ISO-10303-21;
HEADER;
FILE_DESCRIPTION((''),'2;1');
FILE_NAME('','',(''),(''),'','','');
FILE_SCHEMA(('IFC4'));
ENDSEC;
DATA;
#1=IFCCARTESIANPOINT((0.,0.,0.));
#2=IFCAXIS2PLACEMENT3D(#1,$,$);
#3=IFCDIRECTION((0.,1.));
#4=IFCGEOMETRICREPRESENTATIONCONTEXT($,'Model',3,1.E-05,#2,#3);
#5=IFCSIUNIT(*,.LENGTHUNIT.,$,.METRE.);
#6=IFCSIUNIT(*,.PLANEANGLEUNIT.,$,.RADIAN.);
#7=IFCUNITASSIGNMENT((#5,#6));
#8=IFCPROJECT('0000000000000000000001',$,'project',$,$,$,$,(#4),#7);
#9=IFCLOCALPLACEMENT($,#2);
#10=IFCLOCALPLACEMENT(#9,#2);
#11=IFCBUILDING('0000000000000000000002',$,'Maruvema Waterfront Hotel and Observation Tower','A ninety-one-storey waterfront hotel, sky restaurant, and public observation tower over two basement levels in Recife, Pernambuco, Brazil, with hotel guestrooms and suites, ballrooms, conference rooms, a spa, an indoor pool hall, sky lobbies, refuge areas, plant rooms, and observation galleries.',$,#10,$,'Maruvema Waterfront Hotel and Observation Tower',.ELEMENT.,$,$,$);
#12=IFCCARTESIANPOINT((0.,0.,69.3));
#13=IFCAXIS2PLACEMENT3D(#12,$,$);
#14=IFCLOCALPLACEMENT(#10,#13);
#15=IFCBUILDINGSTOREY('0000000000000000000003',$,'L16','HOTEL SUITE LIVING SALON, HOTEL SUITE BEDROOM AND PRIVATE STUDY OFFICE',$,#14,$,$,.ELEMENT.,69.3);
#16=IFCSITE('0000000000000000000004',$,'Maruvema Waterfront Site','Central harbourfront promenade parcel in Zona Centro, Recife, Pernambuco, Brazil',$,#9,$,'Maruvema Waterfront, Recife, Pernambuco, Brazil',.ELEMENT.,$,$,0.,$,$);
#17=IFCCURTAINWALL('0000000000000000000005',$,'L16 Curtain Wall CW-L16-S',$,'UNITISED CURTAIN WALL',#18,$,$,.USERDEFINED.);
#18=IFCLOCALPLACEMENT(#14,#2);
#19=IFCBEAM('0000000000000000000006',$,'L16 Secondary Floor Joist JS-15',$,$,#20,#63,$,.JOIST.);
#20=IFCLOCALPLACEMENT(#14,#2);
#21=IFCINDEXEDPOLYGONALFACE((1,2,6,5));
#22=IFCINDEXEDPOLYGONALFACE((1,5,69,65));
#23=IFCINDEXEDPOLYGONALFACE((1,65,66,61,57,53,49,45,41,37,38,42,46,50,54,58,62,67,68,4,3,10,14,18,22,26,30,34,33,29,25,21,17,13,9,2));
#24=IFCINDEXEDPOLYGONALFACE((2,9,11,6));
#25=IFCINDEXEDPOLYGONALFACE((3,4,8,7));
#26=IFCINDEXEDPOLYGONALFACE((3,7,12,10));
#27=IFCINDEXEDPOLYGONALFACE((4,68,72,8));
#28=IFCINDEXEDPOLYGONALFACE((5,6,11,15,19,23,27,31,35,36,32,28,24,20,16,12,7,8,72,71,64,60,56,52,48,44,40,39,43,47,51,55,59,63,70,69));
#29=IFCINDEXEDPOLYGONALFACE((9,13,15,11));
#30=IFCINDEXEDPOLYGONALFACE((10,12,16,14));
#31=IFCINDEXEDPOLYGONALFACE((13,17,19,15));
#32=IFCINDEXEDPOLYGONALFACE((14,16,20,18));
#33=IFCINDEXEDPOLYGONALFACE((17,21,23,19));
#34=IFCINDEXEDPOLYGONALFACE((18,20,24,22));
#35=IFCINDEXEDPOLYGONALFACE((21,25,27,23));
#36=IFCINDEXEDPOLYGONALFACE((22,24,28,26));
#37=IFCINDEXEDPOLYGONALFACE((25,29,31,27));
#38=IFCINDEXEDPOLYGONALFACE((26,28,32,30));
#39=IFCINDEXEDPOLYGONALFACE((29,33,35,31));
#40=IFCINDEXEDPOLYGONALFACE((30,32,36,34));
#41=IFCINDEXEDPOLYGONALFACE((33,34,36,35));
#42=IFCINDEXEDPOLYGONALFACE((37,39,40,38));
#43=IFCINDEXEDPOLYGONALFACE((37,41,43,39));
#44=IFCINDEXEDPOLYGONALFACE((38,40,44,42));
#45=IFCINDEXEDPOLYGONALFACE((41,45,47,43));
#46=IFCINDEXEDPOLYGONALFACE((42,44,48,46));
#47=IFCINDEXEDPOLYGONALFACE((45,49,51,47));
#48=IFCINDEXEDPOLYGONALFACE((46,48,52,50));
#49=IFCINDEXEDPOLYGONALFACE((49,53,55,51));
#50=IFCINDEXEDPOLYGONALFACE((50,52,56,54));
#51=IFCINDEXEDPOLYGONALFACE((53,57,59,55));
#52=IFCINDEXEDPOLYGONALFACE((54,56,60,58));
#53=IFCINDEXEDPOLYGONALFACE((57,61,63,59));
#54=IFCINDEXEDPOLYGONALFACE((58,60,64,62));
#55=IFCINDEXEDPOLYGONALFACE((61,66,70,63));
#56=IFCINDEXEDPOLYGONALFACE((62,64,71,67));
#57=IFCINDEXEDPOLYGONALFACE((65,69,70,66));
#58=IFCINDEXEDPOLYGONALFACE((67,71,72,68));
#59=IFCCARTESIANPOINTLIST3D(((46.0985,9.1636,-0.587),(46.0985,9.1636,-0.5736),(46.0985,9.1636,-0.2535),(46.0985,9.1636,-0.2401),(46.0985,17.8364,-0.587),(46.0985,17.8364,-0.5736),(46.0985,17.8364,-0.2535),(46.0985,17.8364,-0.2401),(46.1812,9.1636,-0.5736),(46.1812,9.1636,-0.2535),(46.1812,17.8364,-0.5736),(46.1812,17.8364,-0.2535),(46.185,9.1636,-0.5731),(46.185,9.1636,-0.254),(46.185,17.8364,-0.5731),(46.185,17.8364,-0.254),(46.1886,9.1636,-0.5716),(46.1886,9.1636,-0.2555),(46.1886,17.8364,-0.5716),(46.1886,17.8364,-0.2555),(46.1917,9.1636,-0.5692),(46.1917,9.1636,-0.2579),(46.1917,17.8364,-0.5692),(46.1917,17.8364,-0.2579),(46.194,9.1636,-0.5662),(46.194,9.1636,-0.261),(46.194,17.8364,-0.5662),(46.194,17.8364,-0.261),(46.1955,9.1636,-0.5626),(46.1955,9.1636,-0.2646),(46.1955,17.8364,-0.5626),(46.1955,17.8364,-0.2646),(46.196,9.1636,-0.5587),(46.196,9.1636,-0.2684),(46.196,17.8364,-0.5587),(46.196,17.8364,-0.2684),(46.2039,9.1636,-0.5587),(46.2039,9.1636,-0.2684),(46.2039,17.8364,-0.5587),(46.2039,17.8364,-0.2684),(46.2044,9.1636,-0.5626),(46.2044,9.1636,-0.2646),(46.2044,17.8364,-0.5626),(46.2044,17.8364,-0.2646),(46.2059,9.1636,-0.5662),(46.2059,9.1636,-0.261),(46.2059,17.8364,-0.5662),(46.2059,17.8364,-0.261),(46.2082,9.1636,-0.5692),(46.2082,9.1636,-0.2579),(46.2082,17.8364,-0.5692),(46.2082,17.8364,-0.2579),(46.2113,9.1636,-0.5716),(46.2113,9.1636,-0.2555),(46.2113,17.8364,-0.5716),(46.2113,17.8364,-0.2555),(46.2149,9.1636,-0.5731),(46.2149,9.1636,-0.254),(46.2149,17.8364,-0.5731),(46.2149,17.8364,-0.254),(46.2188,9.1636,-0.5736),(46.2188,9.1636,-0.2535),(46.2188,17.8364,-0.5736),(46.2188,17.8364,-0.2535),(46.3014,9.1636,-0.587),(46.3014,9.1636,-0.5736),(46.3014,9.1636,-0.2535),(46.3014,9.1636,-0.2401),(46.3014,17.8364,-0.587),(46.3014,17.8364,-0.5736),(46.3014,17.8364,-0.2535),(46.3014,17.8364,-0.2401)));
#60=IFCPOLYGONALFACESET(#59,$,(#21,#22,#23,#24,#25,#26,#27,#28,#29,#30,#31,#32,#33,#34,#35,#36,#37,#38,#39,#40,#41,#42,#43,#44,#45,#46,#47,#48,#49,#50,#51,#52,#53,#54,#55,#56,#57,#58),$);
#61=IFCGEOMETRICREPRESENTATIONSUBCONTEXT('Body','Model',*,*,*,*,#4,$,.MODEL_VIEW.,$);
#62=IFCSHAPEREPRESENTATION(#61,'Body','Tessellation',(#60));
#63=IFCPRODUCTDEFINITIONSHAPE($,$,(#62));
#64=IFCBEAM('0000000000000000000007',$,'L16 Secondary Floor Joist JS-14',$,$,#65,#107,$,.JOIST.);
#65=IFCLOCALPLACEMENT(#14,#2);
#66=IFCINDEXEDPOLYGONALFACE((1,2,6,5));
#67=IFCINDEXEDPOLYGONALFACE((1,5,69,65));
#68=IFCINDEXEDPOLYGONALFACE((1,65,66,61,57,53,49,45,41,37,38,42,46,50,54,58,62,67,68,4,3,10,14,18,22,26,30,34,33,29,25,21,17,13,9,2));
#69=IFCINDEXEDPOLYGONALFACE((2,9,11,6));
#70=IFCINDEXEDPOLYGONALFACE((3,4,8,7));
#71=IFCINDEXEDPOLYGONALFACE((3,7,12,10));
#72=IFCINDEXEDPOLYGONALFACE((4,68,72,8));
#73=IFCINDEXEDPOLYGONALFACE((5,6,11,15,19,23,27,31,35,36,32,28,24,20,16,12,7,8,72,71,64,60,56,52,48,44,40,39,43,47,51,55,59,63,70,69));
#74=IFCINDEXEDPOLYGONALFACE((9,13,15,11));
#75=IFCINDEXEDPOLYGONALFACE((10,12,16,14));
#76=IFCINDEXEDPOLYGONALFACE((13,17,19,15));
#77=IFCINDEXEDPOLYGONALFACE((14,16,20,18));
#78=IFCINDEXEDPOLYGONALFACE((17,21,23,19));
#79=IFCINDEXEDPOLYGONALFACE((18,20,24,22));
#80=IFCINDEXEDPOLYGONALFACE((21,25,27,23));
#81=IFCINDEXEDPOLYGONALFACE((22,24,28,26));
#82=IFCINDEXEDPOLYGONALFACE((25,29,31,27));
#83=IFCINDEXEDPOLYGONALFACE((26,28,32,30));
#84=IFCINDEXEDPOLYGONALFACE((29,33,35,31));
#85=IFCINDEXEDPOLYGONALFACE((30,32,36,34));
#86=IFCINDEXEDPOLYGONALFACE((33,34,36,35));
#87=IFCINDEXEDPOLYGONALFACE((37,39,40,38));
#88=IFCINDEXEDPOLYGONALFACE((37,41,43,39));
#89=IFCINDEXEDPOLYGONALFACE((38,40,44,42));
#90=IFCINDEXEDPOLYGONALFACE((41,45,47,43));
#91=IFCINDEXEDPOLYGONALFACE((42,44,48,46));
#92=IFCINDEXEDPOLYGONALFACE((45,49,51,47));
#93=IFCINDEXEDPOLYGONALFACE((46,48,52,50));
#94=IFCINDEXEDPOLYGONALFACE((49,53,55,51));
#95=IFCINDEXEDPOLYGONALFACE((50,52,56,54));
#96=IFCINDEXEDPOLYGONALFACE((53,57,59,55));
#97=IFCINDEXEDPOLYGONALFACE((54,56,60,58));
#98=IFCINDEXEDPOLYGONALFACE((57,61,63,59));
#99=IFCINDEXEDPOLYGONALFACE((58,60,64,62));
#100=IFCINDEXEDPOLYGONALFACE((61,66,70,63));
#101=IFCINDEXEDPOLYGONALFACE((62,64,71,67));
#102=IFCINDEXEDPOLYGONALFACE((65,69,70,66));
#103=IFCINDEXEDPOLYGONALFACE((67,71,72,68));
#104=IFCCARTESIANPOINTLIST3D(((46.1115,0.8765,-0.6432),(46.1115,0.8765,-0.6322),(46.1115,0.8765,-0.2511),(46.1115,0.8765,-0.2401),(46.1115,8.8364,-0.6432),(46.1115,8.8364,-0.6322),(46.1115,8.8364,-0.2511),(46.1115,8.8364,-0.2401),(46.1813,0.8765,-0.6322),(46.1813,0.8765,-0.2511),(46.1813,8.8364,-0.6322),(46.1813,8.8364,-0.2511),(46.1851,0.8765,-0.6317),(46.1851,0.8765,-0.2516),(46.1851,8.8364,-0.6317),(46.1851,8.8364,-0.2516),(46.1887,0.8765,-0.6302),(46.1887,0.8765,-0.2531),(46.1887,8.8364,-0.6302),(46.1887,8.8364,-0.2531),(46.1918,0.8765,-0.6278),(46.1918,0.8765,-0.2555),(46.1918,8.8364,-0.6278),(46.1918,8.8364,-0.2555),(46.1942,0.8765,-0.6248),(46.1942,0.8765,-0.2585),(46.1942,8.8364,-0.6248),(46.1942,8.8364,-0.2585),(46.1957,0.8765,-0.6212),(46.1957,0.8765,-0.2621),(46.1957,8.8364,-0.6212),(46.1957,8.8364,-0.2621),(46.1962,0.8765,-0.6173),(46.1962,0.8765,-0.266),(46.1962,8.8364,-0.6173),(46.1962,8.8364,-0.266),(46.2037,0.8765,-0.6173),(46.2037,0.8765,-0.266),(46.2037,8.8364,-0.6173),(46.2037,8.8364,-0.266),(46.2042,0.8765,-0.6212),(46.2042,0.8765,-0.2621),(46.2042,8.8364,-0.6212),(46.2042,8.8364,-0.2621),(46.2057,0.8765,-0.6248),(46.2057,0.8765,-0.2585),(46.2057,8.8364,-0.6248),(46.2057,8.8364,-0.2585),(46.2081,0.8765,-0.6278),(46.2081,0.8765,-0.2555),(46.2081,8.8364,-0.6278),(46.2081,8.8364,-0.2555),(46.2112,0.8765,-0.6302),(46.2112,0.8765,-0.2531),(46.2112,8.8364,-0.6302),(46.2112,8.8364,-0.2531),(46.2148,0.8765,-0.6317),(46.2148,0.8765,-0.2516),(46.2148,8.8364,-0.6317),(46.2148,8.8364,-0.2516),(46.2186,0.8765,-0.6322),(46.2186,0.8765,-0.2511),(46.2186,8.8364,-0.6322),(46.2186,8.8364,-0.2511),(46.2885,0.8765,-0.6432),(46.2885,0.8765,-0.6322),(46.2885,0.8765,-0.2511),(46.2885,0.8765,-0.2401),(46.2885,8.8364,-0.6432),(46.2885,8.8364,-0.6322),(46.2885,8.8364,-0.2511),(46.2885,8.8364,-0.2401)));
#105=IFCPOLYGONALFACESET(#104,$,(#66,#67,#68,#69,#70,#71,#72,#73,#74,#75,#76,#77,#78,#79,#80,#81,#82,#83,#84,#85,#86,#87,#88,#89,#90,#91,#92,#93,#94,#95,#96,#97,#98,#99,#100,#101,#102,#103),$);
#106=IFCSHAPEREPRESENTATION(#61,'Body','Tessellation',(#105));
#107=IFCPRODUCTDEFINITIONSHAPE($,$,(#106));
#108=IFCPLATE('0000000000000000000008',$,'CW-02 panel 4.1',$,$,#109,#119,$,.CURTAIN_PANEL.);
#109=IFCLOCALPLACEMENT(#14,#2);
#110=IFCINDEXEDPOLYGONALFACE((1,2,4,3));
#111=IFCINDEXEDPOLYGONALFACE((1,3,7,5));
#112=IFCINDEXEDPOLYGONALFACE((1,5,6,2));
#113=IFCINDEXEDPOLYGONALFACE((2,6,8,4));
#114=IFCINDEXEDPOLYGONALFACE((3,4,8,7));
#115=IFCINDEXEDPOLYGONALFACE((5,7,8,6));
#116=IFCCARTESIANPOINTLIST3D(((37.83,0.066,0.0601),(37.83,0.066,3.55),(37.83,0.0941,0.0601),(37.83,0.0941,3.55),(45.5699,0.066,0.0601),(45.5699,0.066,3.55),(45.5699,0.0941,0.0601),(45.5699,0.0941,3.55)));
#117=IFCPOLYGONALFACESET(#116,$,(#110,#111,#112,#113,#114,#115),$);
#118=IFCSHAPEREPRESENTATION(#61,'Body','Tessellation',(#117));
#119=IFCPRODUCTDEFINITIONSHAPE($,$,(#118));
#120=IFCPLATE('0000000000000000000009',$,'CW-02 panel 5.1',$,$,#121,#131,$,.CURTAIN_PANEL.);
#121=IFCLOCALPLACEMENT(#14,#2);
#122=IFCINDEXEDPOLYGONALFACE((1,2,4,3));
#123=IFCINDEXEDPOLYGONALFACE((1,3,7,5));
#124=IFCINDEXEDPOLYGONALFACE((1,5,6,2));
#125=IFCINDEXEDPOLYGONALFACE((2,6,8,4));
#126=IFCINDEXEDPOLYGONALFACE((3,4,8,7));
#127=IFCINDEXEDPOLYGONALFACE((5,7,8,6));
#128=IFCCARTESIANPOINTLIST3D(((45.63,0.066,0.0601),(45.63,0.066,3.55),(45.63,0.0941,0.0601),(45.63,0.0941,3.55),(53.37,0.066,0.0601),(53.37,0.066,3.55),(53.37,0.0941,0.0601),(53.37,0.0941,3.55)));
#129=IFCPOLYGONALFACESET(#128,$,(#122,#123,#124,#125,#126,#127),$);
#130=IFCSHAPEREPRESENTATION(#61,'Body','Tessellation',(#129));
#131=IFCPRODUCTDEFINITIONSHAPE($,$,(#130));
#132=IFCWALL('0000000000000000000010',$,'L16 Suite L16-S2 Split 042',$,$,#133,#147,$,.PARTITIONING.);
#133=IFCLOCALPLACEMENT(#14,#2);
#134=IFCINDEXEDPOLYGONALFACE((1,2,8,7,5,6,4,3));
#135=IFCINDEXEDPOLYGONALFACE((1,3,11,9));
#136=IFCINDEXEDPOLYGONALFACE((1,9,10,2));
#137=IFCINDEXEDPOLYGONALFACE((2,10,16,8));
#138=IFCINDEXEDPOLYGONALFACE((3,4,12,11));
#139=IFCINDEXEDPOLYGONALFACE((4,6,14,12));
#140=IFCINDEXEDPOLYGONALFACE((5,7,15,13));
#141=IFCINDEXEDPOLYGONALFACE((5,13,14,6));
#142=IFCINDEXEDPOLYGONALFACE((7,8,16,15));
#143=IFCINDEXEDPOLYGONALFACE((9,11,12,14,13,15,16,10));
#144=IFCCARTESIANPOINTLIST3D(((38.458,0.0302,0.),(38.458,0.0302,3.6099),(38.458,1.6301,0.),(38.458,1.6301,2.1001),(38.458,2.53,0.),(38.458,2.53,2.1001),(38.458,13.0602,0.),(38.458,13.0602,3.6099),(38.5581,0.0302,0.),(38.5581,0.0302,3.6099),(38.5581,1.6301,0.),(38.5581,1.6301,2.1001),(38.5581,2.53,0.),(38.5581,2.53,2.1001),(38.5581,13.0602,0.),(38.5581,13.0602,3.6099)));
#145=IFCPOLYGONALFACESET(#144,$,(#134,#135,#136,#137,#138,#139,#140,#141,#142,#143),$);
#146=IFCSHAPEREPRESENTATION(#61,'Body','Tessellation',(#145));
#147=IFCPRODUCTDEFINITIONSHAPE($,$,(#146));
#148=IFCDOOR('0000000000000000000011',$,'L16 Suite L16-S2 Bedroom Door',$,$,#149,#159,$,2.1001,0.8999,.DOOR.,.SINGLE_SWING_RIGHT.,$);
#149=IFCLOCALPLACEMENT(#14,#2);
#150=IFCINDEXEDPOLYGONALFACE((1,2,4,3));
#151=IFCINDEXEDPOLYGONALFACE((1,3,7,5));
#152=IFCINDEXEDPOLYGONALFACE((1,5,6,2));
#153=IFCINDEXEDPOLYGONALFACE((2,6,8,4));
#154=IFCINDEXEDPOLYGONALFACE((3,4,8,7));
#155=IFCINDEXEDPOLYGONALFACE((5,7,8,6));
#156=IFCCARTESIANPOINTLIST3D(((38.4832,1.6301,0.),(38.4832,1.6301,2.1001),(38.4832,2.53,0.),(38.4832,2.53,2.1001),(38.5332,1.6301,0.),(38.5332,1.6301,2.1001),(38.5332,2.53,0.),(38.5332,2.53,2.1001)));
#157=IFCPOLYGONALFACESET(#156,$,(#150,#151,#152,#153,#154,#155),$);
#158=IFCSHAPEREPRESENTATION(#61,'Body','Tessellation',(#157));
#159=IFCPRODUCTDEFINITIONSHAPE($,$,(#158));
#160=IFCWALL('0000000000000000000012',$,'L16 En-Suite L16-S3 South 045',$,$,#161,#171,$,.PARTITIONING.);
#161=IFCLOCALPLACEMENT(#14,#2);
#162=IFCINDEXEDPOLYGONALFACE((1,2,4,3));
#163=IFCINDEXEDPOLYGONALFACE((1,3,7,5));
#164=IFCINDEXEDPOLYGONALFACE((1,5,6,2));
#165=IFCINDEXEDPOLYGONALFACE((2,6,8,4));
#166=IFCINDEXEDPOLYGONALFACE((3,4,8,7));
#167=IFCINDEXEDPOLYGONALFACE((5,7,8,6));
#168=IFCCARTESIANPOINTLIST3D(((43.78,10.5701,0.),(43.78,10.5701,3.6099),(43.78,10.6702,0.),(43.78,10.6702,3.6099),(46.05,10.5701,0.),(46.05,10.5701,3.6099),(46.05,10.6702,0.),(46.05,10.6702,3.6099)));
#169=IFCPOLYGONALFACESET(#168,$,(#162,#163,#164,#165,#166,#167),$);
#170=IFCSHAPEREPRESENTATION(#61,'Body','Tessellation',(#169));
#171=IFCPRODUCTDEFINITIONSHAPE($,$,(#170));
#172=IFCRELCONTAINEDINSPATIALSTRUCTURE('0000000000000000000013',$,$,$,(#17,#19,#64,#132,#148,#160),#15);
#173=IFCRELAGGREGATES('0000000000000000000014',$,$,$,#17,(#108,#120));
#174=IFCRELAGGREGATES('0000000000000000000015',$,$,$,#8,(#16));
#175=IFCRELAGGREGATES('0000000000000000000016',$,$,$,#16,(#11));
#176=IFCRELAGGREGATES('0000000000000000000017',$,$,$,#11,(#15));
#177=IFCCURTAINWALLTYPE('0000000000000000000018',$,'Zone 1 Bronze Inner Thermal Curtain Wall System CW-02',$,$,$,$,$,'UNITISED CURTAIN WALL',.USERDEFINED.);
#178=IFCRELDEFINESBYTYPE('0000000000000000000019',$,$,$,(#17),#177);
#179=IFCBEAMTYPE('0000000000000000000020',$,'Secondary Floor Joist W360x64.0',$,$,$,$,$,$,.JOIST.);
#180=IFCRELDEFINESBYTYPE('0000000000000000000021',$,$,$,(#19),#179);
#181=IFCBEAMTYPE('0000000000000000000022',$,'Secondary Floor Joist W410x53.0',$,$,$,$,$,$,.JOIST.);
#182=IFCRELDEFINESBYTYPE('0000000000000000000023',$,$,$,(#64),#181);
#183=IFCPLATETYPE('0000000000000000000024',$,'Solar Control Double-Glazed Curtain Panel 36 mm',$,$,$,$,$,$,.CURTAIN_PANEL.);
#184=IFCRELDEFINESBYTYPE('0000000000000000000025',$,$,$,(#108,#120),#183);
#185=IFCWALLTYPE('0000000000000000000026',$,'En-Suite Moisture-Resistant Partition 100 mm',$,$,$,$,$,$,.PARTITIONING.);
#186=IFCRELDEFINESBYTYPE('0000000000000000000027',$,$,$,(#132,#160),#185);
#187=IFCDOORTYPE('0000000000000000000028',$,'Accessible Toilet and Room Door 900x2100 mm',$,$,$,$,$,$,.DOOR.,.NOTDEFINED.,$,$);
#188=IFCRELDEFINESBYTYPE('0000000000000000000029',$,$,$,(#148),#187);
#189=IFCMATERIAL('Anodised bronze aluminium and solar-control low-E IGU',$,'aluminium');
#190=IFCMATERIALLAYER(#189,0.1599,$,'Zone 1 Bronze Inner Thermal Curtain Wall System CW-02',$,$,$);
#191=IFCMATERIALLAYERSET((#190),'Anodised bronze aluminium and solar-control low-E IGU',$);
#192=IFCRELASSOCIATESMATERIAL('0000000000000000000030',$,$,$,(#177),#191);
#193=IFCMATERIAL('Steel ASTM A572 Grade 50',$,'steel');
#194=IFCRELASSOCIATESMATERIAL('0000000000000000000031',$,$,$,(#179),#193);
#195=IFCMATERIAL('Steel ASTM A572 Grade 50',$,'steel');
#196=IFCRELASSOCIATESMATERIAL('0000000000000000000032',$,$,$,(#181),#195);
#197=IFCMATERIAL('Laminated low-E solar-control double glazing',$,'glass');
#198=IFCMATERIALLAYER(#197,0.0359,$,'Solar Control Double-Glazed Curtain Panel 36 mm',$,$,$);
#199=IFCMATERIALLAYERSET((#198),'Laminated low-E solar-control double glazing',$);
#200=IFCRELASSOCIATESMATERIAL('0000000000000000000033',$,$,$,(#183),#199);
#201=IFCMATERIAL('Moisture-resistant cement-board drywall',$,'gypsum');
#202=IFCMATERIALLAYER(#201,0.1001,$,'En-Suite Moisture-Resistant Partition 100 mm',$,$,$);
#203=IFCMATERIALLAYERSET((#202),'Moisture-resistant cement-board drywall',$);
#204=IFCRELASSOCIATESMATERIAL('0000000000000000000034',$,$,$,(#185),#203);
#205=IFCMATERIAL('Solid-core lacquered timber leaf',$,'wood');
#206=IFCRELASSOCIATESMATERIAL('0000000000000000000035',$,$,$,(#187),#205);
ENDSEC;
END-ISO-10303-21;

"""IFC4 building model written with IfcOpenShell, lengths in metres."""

from ifc_helpers import new_model, si_unit, direction, frame, frame_2d, origin, origin_2d, place, context, subcontext, project, spatial, rectangle, i_section, extrude, material, layer, layer_set, material_profile, profile_set, type_object, element, fill, aggregate, save


model = new_model("IFC4")

# Units and contexts
model_context = context("Model", 3, precision=1e-05, world=origin(), true_north=direction((0.0, 1.0)))
body_context = subcontext(model_context, "Body", "Model", "MODEL_VIEW")
ifc_project = project(units=[si_unit("LENGTHUNIT", "METRE"), si_unit("PLANEANGLEUNIT", "RADIAN")], contexts=[model_context])

# Site, building, storey
site_placement = place(None, origin())
site = spatial("IfcSite", under=ifc_project, at=site_placement, Name="Maruvema Waterfront Site", Description="Central harbourfront promenade parcel in Zona Centro, Recife, Pernambuco, Brazil", LongName="Maruvema Waterfront, Recife, Pernambuco, Brazil", CompositionType="ELEMENT", RefElevation=0.0)
building_placement = place(site_placement, origin())
building = spatial("IfcBuilding", under=site, at=building_placement, Name="Maruvema Waterfront Hotel and Observation Tower", Description="A ninety-one-storey waterfront hotel, sky restaurant, and public observation tower over two basement levels in Recife, Pernambuco, Brazil, with hotel guestrooms and suites, ballrooms, conference rooms, a spa, an indoor pool hall, sky lobbies, refuge areas, plant rooms, and observation galleries.", LongName="Maruvema Waterfront Hotel and Observation Tower", CompositionType="ELEMENT")
storey_placement = place(building_placement, frame((0.0, 0.0, 69.3)))
storey = spatial("IfcBuildingStorey", under=building, at=storey_placement, Name="L16", Description="HOTEL SUITE LIVING SALON, HOTEL SUITE BEDROOM AND PRIVATE STUDY OFFICE", CompositionType="ELEMENT", Elevation=69.3)

# Curtain wall
ifc_material_1 = material(Name="Anodised bronze aluminium and solar-control low-E IGU", Category="aluminium")
ifc_layer_1 = layer(ifc_material_1, 0.1599, Name="Zone 1 Bronze Inner Thermal Curtain Wall System CW-02")
ifc_layer_set_1 = layer_set([ifc_layer_1], Name="Anodised bronze aluminium and solar-control low-E IGU")
curtain_wall_type = type_object("IfcCurtainWallType", Name="Zone 1 Bronze Inner Thermal Curtain Wall System CW-02", ElementType="UNITISED CURTAIN WALL", PredefinedType="USERDEFINED", material=ifc_layer_set_1)
curtain_wall_placement = place(storey_placement, origin())
curtain_wall = element("IfcCurtainWall", 1, at=curtain_wall_placement, inside=storey, type_object=curtain_wall_type, Name="L16 Curtain Wall CW-L16-S", ObjectType="UNITISED CURTAIN WALL", PredefinedType="USERDEFINED")

# Beams
ifc_material_2 = material(Name="Steel ASTM A572 Grade 50", Category="steel")
ifc_material_profile_1 = material_profile(ifc_material_2, i_section(OverallWidth=0.2029, OverallDepth=0.3469, WebThickness=0.0078, FlangeThickness=0.0134, FilletRadius=0.0149, at=origin_2d()), Name="W360x64.0")
ifc_profile_set_1 = profile_set([ifc_material_profile_1], Name="Steel ASTM A572 Grade 50")
beam_type_1 = type_object("IfcBeamType", Name="Secondary Floor Joist W360x64.0", PredefinedType="JOIST", material=ifc_profile_set_1)
beam_1_placement = place(storey_placement, frame((46.2, 9.1636, -0.4136), z_axis=(0.0, 1.0, 0.0), x_axis=(-1.0, 0.0, 0.0)))
element("IfcBeam", 2, at=beam_1_placement, inside=storey, type_object=beam_type_1, Name="L16 Secondary Floor Joist JS-15", PredefinedType="JOIST", context=body_context, shape_type="SweptSolid", body=[
    extrude(i_section(OverallWidth=0.2029, OverallDepth=0.3469, WebThickness=0.0078, FlangeThickness=0.0134, FilletRadius=0.0149, at=origin_2d()), origin(), (0.0, 0.0, 1.0), 8.6729),
])
ifc_material_3 = material(Name="Steel ASTM A572 Grade 50", Category="steel")
ifc_material_profile_2 = material_profile(ifc_material_3, i_section(OverallWidth=0.177, OverallDepth=0.4031, WebThickness=0.0076, FlangeThickness=0.011, FilletRadius=0.0149, at=origin_2d()), Name="W410x53.0")
ifc_profile_set_2 = profile_set([ifc_material_profile_2], Name="Steel ASTM A572 Grade 50")
beam_type_2 = type_object("IfcBeamType", Name="Secondary Floor Joist W410x53.0", PredefinedType="JOIST", material=ifc_profile_set_2)
beam_2_placement = place(storey_placement, frame((46.2, 0.8765, -0.4417), z_axis=(0.0, 1.0, 0.0), x_axis=(-1.0, 0.0, 0.0)))
element("IfcBeam", 3, at=beam_2_placement, inside=storey, type_object=beam_type_2, Name="L16 Secondary Floor Joist JS-14", PredefinedType="JOIST", context=body_context, shape_type="SweptSolid", body=[
    extrude(i_section(OverallWidth=0.177, OverallDepth=0.4031, WebThickness=0.0076, FlangeThickness=0.011, FilletRadius=0.0149, at=origin_2d()), origin(), (0.0, 0.0, 1.0), 7.96),
])

# Plates
ifc_material_4 = material(Name="Laminated low-E solar-control double glazing", Category="glass")
ifc_layer_2 = layer(ifc_material_4, 0.0359, Name="Solar Control Double-Glazed Curtain Panel 36 mm")
ifc_layer_set_2 = layer_set([ifc_layer_2], Name="Laminated low-E solar-control double glazing")
plate_type = type_object("IfcPlateType", Name="Solar Control Double-Glazed Curtain Panel 36 mm", PredefinedType="CURTAIN_PANEL", material=ifc_layer_set_2)
plate_1_placement = place(storey_placement, frame((41.7, 0.0801, 0.0601), z_axis=(0.0, 0.0, 1.0), x_axis=(1.0, 0.0, 0.0)))
plate_1 = element("IfcPlate", 4, at=plate_1_placement, type_object=plate_type, Name="CW-02 panel 4.1", PredefinedType="CURTAIN_PANEL", context=body_context, shape_type="SweptSolid", body=[
    extrude(rectangle(XDim=7.74, YDim=0.0281, at=origin_2d()), origin(), (0.0, 0.0, 1.0), 3.49),
])
plate_2_placement = place(storey_placement, frame((49.5, 0.0801, 0.0601), z_axis=(0.0, 0.0, 1.0), x_axis=(1.0, 0.0, 0.0)))
plate_2 = element("IfcPlate", 5, at=plate_2_placement, type_object=plate_type, Name="CW-02 panel 5.1", PredefinedType="CURTAIN_PANEL", context=body_context, shape_type="SweptSolid", body=[
    extrude(rectangle(XDim=7.74, YDim=0.0281, at=origin_2d()), origin(), (0.0, 0.0, 1.0), 3.49),
])
aggregate(curtain_wall, [plate_1, plate_2])

# Wall, opening, door
ifc_material_5 = material(Name="Moisture-resistant cement-board drywall", Category="gypsum")
ifc_layer_3 = layer(ifc_material_5, 0.1001, Name="En-Suite Moisture-Resistant Partition 100 mm")
ifc_layer_set_3 = layer_set([ifc_layer_3], Name="Moisture-resistant cement-board drywall")
wall_type_1 = type_object("IfcWallType", Name="En-Suite Moisture-Resistant Partition 100 mm", PredefinedType="PARTITIONING", material=ifc_layer_set_3)
wall_1_placement = place(storey_placement, frame((38.5081, 0.03, 0.0), z_axis=(0.0, 0.0, 1.0), x_axis=(0.0, 1.0, 0.0)))
wall_1 = element("IfcWall", 6, at=wall_1_placement, inside=storey, type_object=wall_type_1, Name="L16 Suite L16-S2 Split 042", PredefinedType="PARTITIONING", context=body_context, shape_type="SweptSolid", body=[
    extrude(rectangle(XDim=13.03, YDim=0.1001, at=frame_2d((6.5151, 0.0))), origin(), (0.0, 0.0, 1.0), 3.6099),
])
opening_1_placement = place(wall_1_placement, frame((1.6001, 0.0, 0.0)))
opening_1 = element("IfcOpeningElement", 7, at=opening_1_placement, cuts=wall_1, PredefinedType="OPENING", context=body_context, shape_type="SweptSolid", body=[
    extrude(rectangle(XDim=0.8999, YDim=2.1001, at=frame_2d((0.45, 1.05))), frame((0.0, 0.0601, 0.0), z_axis=(0.0, -1.0, 0.0), x_axis=(1.0, 0.0, 0.0)), (0.0, 0.0, 1.0), 0.1201),
])
ifc_material_6 = material(Name="Solid-core lacquered timber leaf", Category="wood")
door_type_1 = type_object("IfcDoorType", Name="Accessible Toilet and Room Door 900x2100 mm", OperationType="NOTDEFINED", PredefinedType="DOOR", material=ifc_material_6)
door_1_placement = place(opening_1_placement, origin())
door_1 = element("IfcDoor", 8, at=door_1_placement, inside=storey, type_object=door_type_1, Name="L16 Suite L16-S2 Bedroom Door", OperationType="SINGLE_SWING_RIGHT", OverallHeight=2.1001, OverallWidth=0.8999, PredefinedType="DOOR", context=body_context, shape_type="SweptSolid", body=[
    extrude(rectangle(XDim=0.8999, YDim=2.1001, at=frame_2d((0.45, 1.05))), frame((0.0, 0.0249, 0.0), z_axis=(0.0, -1.0, 0.0), x_axis=(1.0, 0.0, 0.0)), (0.0, 0.0, 1.0), 0.05),
])
fill(opening_1, door_1)

# Wall
wall_2_placement = place(storey_placement, frame((43.78, 10.6201, 0.0), z_axis=(0.0, 0.0, 1.0), x_axis=(1.0, 0.0, 0.0)))
element("IfcWall", 9, at=wall_2_placement, inside=storey, type_object=wall_type_1, Name="L16 En-Suite L16-S3 South 045", PredefinedType="PARTITIONING", context=body_context, shape_type="SweptSolid", body=[
    extrude(rectangle(XDim=2.27, YDim=0.1001, at=frame_2d((1.135, 0.0))), origin(), (0.0, 0.0, 1.0), 3.6099),
])

save(model, "model.ifc")
